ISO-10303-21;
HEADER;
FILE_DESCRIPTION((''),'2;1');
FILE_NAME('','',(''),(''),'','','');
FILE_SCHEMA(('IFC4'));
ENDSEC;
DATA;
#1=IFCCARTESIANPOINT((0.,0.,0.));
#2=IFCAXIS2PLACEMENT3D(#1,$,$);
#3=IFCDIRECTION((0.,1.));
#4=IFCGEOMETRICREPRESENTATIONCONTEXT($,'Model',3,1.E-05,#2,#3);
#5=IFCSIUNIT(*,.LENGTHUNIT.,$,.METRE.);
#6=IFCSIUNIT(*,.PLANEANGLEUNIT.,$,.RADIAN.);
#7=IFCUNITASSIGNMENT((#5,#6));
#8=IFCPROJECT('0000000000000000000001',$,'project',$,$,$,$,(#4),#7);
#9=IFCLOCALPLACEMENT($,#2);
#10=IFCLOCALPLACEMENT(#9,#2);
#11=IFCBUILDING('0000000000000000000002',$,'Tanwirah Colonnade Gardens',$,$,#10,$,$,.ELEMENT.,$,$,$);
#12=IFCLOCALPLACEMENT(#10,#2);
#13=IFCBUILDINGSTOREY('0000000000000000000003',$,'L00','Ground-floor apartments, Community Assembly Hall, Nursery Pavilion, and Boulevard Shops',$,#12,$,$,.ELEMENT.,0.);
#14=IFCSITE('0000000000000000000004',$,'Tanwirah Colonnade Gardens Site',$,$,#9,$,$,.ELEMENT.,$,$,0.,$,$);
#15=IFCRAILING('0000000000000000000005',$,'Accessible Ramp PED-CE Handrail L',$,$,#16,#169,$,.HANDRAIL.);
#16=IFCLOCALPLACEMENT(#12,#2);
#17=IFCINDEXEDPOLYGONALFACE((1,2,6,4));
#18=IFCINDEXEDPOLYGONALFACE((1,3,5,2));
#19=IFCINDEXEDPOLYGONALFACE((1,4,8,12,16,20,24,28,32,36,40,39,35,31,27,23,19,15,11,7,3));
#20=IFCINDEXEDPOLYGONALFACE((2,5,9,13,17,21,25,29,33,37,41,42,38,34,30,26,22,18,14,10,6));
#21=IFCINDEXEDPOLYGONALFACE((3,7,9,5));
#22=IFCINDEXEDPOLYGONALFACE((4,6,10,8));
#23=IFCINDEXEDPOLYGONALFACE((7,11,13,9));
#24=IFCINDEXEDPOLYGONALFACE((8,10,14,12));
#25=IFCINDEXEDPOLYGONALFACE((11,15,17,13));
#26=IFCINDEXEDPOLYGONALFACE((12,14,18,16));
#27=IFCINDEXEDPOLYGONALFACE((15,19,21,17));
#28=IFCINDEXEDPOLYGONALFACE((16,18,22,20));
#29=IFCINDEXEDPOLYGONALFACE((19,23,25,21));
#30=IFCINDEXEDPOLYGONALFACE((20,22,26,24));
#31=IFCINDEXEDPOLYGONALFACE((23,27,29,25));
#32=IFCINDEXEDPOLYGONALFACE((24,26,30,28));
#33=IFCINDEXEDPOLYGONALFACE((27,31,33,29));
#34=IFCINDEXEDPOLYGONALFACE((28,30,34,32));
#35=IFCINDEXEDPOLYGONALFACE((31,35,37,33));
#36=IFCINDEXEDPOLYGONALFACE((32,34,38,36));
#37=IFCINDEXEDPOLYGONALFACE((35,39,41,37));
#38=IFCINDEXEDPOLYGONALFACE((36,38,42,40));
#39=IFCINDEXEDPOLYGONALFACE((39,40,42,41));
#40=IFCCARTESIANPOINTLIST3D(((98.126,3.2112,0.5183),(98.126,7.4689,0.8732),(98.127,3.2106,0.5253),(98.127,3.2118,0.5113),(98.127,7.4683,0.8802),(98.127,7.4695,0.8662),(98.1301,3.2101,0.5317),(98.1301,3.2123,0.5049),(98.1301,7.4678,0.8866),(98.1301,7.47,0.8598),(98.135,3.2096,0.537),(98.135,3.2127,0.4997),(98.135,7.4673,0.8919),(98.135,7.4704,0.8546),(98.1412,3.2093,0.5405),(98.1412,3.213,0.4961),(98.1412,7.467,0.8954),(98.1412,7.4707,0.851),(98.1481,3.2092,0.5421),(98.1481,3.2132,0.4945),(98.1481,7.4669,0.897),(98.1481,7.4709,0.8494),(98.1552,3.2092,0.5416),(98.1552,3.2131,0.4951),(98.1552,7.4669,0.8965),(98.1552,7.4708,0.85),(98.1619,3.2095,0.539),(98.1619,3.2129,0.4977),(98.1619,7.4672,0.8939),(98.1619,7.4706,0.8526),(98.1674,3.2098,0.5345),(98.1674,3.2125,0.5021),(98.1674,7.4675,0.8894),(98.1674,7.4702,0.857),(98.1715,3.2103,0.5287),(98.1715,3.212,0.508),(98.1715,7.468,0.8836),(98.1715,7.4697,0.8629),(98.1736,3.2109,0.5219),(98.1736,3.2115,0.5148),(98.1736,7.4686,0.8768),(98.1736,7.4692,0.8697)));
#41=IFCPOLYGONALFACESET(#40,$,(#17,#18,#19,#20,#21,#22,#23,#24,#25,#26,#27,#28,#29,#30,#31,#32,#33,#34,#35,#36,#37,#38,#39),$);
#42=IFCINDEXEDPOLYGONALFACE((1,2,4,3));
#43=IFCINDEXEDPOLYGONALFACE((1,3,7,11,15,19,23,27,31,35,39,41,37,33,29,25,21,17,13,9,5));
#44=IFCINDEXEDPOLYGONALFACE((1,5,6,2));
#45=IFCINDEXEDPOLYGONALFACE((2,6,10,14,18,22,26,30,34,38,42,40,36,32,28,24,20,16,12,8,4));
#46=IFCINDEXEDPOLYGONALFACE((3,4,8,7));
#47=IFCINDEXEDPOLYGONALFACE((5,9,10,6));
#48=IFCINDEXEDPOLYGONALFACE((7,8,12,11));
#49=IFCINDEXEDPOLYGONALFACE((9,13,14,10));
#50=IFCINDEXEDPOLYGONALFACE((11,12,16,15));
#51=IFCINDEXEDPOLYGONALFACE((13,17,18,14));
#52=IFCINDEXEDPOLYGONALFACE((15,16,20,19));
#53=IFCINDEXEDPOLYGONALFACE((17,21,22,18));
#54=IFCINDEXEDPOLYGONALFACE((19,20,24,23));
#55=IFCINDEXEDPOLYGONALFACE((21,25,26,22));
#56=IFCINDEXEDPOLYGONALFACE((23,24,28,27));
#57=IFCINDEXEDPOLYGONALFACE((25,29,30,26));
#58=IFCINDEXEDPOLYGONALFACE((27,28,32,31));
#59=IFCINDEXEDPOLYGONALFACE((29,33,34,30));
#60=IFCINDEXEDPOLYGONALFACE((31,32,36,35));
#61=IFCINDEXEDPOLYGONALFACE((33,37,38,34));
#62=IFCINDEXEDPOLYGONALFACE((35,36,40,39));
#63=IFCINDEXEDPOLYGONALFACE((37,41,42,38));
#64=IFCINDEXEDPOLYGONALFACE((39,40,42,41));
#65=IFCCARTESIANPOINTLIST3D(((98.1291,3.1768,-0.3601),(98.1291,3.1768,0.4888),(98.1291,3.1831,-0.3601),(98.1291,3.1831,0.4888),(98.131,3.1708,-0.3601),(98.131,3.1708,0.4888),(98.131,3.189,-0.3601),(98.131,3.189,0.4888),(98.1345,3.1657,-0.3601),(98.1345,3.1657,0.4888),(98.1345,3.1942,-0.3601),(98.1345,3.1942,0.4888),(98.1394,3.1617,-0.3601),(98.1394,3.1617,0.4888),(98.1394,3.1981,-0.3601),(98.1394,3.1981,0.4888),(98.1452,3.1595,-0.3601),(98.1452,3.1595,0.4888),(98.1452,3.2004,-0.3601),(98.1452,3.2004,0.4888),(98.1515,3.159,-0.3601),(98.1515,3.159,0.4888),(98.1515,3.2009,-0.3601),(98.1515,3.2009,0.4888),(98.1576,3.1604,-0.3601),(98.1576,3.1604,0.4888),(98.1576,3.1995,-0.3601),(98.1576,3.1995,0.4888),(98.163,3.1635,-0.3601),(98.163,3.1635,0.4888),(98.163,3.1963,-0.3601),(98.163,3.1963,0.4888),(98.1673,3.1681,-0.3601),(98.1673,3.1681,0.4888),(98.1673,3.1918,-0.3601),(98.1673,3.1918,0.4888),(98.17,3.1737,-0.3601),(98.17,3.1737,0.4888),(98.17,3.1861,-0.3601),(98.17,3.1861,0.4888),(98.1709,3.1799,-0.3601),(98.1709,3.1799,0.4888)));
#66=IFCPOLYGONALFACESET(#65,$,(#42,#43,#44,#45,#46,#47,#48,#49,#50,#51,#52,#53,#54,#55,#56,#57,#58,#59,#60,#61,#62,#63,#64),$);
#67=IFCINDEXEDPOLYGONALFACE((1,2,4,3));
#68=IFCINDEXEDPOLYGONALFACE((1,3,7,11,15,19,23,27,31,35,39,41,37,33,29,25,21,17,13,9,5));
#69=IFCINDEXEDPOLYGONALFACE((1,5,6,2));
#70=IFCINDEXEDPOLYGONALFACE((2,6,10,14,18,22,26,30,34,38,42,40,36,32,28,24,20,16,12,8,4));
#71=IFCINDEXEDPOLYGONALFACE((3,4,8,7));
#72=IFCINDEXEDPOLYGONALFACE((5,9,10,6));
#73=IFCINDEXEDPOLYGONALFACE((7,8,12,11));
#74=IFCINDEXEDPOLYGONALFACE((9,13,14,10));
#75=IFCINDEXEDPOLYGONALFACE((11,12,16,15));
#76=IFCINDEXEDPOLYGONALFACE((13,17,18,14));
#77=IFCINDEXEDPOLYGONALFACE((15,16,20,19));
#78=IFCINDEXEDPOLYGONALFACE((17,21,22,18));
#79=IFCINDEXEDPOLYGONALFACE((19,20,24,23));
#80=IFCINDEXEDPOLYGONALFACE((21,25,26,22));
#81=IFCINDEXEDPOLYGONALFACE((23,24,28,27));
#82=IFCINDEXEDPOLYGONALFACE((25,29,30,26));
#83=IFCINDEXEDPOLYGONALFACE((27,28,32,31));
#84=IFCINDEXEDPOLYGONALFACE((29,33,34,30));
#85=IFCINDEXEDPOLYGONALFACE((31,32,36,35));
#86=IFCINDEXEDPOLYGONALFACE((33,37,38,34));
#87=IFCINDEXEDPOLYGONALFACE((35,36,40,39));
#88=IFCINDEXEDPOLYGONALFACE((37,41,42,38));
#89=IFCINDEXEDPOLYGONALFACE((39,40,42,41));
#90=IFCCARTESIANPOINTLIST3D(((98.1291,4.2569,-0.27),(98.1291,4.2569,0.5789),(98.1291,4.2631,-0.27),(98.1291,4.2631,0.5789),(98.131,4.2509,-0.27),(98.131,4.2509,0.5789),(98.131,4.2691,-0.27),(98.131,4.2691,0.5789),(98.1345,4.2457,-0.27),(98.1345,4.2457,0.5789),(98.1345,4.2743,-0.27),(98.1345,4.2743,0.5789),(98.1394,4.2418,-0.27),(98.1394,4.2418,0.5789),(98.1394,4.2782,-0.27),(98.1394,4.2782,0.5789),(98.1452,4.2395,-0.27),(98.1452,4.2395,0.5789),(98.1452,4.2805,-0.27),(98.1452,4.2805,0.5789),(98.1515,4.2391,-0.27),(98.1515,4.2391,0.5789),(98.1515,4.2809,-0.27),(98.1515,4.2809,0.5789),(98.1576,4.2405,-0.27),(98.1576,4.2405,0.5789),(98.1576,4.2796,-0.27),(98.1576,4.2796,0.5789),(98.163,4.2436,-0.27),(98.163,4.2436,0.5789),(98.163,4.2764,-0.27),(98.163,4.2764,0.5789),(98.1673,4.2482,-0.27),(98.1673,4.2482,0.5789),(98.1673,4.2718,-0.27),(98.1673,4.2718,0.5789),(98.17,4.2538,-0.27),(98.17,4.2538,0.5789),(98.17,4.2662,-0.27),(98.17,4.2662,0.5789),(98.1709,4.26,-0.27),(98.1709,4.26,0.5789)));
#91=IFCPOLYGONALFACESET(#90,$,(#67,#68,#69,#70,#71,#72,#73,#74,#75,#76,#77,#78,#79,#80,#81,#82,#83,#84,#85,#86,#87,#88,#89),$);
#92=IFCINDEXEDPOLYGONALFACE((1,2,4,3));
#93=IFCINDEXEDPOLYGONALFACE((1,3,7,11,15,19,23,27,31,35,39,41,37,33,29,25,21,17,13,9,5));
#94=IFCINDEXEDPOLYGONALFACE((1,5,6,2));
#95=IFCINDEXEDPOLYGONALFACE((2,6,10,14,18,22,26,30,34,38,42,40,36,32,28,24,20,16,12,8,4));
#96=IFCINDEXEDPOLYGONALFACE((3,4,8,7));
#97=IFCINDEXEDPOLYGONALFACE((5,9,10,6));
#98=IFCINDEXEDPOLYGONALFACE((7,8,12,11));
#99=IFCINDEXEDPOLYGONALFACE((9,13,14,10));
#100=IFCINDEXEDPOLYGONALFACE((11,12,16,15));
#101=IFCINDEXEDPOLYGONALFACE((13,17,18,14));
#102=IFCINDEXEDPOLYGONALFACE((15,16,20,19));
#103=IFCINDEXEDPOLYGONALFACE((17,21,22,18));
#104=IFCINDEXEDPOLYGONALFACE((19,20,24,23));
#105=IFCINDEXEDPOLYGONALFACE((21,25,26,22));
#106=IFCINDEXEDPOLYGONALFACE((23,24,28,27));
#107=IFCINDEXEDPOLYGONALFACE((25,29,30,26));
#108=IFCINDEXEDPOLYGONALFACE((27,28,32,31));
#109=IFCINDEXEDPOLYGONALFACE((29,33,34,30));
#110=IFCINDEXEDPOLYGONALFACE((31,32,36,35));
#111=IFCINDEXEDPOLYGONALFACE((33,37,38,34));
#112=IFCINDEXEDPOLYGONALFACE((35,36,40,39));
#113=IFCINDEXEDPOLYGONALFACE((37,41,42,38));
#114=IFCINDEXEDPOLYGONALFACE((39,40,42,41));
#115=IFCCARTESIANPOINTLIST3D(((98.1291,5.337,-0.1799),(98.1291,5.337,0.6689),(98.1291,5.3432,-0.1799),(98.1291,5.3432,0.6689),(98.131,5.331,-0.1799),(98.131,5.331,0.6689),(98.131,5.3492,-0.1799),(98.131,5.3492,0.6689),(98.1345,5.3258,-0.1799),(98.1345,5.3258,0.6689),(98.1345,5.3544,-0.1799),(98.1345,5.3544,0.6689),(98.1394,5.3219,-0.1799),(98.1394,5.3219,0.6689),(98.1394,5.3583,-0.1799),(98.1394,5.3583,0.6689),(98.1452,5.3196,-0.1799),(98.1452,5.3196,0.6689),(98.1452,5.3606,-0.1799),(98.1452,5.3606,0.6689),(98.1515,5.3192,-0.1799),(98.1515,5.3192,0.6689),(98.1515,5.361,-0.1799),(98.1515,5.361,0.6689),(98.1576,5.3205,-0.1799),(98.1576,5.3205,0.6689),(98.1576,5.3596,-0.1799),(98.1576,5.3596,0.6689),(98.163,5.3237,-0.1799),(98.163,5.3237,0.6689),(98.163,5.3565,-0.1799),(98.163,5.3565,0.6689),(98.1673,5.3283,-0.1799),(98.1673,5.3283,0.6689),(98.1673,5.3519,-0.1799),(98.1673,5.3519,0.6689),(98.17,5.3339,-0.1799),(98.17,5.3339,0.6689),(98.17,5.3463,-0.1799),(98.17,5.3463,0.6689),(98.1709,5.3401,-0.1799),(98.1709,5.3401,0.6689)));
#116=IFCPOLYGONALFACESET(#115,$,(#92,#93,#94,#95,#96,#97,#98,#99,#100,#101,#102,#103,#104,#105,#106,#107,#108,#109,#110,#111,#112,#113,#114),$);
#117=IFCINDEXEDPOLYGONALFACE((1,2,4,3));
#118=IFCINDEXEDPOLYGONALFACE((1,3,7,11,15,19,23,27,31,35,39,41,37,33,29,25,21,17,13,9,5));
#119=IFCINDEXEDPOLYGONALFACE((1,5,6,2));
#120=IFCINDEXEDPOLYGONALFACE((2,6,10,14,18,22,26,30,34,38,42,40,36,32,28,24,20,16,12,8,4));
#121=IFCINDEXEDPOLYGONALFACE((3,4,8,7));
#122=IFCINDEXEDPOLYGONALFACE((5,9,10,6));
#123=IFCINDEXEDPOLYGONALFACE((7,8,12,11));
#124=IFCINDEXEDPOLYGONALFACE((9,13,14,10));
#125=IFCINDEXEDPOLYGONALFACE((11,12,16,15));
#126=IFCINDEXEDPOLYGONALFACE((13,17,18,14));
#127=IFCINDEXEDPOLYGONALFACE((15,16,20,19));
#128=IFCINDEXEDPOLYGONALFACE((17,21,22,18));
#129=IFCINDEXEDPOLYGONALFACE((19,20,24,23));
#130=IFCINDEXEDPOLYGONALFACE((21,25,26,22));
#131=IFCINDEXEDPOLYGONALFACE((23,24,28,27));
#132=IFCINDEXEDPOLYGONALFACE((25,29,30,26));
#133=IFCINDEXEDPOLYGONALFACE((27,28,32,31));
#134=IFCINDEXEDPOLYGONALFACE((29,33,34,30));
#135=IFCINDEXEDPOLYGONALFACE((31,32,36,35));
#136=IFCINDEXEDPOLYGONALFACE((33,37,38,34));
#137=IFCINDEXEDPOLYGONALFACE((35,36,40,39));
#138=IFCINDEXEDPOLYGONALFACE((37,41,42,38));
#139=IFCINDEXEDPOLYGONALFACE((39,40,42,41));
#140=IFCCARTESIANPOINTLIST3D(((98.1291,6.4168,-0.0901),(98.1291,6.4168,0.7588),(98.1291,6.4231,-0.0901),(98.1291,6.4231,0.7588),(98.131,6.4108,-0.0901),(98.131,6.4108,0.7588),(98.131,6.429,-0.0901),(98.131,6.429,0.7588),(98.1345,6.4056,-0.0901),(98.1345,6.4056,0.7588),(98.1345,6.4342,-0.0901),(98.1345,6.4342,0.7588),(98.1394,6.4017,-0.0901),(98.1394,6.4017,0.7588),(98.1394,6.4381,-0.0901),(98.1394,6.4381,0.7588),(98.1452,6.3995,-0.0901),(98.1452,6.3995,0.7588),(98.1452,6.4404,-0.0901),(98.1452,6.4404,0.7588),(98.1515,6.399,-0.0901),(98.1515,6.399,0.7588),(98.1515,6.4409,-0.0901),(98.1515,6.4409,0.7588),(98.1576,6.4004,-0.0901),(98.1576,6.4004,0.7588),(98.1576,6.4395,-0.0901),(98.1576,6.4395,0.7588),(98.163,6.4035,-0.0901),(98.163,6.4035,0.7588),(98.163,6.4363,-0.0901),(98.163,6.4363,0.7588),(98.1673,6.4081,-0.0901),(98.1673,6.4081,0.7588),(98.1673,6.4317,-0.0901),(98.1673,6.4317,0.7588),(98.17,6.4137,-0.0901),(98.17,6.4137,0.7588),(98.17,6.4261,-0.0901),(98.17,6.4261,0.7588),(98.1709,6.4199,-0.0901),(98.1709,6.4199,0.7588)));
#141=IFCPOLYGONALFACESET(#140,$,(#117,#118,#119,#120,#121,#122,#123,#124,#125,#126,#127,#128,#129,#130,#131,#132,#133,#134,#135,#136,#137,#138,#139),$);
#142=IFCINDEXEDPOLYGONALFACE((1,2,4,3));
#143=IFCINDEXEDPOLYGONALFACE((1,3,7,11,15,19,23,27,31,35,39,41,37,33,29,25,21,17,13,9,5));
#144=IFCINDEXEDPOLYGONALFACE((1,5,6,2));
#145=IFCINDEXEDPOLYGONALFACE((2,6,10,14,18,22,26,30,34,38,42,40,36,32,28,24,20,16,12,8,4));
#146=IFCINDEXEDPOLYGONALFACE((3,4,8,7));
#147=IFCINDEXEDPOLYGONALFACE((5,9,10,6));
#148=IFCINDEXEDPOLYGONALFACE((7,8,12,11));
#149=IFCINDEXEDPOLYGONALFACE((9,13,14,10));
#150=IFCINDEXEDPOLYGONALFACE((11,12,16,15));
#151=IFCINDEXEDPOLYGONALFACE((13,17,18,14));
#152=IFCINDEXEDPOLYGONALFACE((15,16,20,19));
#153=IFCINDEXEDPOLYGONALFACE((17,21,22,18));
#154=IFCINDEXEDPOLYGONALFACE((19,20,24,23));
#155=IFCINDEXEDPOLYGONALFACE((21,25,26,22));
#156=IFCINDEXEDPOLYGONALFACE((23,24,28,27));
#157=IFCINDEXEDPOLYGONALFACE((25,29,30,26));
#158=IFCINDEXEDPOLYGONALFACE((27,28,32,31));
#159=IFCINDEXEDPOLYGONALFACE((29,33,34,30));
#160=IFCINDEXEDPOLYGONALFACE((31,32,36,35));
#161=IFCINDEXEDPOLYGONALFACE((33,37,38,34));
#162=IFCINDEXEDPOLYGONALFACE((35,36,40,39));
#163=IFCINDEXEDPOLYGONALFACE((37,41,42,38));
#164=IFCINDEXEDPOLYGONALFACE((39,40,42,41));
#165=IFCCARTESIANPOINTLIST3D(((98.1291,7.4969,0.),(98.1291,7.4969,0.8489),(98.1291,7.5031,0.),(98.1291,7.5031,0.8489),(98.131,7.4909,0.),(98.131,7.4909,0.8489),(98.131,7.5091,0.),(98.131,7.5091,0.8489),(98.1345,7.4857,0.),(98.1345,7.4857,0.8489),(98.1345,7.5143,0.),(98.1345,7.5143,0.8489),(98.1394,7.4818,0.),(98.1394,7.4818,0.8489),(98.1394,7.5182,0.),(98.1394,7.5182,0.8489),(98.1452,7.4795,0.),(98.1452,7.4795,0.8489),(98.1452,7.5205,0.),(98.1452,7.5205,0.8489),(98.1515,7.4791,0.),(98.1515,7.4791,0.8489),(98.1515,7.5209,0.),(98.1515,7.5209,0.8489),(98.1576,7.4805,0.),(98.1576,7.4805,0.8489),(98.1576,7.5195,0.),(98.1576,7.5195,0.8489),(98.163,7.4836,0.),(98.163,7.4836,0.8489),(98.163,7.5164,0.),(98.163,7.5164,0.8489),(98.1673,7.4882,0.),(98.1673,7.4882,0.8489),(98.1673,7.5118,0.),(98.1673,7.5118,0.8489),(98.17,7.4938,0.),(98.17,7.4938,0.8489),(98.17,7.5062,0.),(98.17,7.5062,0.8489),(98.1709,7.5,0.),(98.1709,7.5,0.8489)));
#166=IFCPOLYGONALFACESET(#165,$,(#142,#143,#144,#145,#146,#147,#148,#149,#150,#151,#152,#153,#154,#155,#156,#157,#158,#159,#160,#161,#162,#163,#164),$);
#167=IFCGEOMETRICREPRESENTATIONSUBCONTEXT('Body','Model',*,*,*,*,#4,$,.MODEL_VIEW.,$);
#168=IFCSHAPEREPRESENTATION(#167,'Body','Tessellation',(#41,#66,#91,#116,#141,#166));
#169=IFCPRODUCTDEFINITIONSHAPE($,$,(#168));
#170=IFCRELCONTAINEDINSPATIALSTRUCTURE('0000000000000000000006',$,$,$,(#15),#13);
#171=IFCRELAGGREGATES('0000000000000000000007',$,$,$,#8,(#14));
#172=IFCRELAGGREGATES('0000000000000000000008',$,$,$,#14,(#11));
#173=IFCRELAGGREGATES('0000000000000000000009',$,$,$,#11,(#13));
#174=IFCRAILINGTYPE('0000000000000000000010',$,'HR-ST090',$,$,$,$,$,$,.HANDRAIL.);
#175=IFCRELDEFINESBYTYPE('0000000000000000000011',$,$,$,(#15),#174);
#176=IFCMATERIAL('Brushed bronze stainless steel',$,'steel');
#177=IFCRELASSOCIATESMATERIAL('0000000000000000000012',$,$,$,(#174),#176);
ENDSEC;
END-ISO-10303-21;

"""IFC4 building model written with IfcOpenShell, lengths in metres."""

from ifc_helpers import new_model, si_unit, direction, frame, origin, origin_2d, place, context, subcontext, project, spatial, circle, extrude, material, type_object, element, save


model = new_model("IFC4")

# Units and contexts
model_context = context("Model", 3, precision=1e-05, world=origin(), true_north=direction((0.0, 1.0)))
body_context = subcontext(model_context, "Body", "Model", "MODEL_VIEW")
ifc_project = project(units=[si_unit("LENGTHUNIT", "METRE"), si_unit("PLANEANGLEUNIT", "RADIAN")], contexts=[model_context])

# Site, building, storey
site_placement = place(None, origin())
site = spatial("IfcSite", under=ifc_project, at=site_placement, Name="Tanwirah Colonnade Gardens Site", CompositionType="ELEMENT", RefElevation=0.0)
building_placement = place(site_placement, origin())
building = spatial("IfcBuilding", under=site, at=building_placement, Name="Tanwirah Colonnade Gardens", CompositionType="ELEMENT")
storey_placement = place(building_placement, origin())
storey = spatial("IfcBuildingStorey", under=building, at=storey_placement, Name="L00", Description="Ground-floor apartments, Community Assembly Hall, Nursery Pavilion, and Boulevard Shops", CompositionType="ELEMENT", Elevation=0.0)

# Railing
ifc_material_1 = material(Name="Brushed bronze stainless steel", Category="steel")
railing_type = type_object("IfcRailingType", Name="HR-ST090", PredefinedType="HANDRAIL", material=ifc_material_1)
for number, where, name in (
    (1, (98.1499, 3.1799, -0.3601), "Accessible Ramp PED-CE Handrail L"),
):
    element("IfcRailing", number, at=place(storey_placement, frame(where)), inside=storey, type_object=railing_type, Name=name, PredefinedType="HANDRAIL", context=body_context, shape_type="SweptSolid", body=[
        extrude(circle(Radius=0.0239, at=origin_2d()), frame((0.0, 0.0312, 0.8784), z_axis=(0.0, 0.996544, 0.083069), x_axis=(-1.0, 0.0, 0.0)), (0.0, 0.0, 1.0), 4.2725),
        extrude(circle(Radius=0.021, at=origin_2d()), origin(), (0.0, 0.0, 1.0), 0.8489),
        extrude(circle(Radius=0.021, at=origin_2d()), frame((0.0, 1.0801, 0.0901)), (0.0, 0.0, 1.0), 0.8489),
        extrude(circle(Radius=0.021, at=origin_2d()), frame((0.0, 2.1602, 0.1802)), (0.0, 0.0, 1.0), 0.8489),
        extrude(circle(Radius=0.021, at=origin_2d()), frame((0.0, 3.24, 0.27)), (0.0, 0.0, 1.0), 0.8489),
        extrude(circle(Radius=0.021, at=origin_2d()), frame((0.0, 4.3201, 0.3601)), (0.0, 0.0, 1.0), 0.8489),
    ])

save(model, "model.ifc")
